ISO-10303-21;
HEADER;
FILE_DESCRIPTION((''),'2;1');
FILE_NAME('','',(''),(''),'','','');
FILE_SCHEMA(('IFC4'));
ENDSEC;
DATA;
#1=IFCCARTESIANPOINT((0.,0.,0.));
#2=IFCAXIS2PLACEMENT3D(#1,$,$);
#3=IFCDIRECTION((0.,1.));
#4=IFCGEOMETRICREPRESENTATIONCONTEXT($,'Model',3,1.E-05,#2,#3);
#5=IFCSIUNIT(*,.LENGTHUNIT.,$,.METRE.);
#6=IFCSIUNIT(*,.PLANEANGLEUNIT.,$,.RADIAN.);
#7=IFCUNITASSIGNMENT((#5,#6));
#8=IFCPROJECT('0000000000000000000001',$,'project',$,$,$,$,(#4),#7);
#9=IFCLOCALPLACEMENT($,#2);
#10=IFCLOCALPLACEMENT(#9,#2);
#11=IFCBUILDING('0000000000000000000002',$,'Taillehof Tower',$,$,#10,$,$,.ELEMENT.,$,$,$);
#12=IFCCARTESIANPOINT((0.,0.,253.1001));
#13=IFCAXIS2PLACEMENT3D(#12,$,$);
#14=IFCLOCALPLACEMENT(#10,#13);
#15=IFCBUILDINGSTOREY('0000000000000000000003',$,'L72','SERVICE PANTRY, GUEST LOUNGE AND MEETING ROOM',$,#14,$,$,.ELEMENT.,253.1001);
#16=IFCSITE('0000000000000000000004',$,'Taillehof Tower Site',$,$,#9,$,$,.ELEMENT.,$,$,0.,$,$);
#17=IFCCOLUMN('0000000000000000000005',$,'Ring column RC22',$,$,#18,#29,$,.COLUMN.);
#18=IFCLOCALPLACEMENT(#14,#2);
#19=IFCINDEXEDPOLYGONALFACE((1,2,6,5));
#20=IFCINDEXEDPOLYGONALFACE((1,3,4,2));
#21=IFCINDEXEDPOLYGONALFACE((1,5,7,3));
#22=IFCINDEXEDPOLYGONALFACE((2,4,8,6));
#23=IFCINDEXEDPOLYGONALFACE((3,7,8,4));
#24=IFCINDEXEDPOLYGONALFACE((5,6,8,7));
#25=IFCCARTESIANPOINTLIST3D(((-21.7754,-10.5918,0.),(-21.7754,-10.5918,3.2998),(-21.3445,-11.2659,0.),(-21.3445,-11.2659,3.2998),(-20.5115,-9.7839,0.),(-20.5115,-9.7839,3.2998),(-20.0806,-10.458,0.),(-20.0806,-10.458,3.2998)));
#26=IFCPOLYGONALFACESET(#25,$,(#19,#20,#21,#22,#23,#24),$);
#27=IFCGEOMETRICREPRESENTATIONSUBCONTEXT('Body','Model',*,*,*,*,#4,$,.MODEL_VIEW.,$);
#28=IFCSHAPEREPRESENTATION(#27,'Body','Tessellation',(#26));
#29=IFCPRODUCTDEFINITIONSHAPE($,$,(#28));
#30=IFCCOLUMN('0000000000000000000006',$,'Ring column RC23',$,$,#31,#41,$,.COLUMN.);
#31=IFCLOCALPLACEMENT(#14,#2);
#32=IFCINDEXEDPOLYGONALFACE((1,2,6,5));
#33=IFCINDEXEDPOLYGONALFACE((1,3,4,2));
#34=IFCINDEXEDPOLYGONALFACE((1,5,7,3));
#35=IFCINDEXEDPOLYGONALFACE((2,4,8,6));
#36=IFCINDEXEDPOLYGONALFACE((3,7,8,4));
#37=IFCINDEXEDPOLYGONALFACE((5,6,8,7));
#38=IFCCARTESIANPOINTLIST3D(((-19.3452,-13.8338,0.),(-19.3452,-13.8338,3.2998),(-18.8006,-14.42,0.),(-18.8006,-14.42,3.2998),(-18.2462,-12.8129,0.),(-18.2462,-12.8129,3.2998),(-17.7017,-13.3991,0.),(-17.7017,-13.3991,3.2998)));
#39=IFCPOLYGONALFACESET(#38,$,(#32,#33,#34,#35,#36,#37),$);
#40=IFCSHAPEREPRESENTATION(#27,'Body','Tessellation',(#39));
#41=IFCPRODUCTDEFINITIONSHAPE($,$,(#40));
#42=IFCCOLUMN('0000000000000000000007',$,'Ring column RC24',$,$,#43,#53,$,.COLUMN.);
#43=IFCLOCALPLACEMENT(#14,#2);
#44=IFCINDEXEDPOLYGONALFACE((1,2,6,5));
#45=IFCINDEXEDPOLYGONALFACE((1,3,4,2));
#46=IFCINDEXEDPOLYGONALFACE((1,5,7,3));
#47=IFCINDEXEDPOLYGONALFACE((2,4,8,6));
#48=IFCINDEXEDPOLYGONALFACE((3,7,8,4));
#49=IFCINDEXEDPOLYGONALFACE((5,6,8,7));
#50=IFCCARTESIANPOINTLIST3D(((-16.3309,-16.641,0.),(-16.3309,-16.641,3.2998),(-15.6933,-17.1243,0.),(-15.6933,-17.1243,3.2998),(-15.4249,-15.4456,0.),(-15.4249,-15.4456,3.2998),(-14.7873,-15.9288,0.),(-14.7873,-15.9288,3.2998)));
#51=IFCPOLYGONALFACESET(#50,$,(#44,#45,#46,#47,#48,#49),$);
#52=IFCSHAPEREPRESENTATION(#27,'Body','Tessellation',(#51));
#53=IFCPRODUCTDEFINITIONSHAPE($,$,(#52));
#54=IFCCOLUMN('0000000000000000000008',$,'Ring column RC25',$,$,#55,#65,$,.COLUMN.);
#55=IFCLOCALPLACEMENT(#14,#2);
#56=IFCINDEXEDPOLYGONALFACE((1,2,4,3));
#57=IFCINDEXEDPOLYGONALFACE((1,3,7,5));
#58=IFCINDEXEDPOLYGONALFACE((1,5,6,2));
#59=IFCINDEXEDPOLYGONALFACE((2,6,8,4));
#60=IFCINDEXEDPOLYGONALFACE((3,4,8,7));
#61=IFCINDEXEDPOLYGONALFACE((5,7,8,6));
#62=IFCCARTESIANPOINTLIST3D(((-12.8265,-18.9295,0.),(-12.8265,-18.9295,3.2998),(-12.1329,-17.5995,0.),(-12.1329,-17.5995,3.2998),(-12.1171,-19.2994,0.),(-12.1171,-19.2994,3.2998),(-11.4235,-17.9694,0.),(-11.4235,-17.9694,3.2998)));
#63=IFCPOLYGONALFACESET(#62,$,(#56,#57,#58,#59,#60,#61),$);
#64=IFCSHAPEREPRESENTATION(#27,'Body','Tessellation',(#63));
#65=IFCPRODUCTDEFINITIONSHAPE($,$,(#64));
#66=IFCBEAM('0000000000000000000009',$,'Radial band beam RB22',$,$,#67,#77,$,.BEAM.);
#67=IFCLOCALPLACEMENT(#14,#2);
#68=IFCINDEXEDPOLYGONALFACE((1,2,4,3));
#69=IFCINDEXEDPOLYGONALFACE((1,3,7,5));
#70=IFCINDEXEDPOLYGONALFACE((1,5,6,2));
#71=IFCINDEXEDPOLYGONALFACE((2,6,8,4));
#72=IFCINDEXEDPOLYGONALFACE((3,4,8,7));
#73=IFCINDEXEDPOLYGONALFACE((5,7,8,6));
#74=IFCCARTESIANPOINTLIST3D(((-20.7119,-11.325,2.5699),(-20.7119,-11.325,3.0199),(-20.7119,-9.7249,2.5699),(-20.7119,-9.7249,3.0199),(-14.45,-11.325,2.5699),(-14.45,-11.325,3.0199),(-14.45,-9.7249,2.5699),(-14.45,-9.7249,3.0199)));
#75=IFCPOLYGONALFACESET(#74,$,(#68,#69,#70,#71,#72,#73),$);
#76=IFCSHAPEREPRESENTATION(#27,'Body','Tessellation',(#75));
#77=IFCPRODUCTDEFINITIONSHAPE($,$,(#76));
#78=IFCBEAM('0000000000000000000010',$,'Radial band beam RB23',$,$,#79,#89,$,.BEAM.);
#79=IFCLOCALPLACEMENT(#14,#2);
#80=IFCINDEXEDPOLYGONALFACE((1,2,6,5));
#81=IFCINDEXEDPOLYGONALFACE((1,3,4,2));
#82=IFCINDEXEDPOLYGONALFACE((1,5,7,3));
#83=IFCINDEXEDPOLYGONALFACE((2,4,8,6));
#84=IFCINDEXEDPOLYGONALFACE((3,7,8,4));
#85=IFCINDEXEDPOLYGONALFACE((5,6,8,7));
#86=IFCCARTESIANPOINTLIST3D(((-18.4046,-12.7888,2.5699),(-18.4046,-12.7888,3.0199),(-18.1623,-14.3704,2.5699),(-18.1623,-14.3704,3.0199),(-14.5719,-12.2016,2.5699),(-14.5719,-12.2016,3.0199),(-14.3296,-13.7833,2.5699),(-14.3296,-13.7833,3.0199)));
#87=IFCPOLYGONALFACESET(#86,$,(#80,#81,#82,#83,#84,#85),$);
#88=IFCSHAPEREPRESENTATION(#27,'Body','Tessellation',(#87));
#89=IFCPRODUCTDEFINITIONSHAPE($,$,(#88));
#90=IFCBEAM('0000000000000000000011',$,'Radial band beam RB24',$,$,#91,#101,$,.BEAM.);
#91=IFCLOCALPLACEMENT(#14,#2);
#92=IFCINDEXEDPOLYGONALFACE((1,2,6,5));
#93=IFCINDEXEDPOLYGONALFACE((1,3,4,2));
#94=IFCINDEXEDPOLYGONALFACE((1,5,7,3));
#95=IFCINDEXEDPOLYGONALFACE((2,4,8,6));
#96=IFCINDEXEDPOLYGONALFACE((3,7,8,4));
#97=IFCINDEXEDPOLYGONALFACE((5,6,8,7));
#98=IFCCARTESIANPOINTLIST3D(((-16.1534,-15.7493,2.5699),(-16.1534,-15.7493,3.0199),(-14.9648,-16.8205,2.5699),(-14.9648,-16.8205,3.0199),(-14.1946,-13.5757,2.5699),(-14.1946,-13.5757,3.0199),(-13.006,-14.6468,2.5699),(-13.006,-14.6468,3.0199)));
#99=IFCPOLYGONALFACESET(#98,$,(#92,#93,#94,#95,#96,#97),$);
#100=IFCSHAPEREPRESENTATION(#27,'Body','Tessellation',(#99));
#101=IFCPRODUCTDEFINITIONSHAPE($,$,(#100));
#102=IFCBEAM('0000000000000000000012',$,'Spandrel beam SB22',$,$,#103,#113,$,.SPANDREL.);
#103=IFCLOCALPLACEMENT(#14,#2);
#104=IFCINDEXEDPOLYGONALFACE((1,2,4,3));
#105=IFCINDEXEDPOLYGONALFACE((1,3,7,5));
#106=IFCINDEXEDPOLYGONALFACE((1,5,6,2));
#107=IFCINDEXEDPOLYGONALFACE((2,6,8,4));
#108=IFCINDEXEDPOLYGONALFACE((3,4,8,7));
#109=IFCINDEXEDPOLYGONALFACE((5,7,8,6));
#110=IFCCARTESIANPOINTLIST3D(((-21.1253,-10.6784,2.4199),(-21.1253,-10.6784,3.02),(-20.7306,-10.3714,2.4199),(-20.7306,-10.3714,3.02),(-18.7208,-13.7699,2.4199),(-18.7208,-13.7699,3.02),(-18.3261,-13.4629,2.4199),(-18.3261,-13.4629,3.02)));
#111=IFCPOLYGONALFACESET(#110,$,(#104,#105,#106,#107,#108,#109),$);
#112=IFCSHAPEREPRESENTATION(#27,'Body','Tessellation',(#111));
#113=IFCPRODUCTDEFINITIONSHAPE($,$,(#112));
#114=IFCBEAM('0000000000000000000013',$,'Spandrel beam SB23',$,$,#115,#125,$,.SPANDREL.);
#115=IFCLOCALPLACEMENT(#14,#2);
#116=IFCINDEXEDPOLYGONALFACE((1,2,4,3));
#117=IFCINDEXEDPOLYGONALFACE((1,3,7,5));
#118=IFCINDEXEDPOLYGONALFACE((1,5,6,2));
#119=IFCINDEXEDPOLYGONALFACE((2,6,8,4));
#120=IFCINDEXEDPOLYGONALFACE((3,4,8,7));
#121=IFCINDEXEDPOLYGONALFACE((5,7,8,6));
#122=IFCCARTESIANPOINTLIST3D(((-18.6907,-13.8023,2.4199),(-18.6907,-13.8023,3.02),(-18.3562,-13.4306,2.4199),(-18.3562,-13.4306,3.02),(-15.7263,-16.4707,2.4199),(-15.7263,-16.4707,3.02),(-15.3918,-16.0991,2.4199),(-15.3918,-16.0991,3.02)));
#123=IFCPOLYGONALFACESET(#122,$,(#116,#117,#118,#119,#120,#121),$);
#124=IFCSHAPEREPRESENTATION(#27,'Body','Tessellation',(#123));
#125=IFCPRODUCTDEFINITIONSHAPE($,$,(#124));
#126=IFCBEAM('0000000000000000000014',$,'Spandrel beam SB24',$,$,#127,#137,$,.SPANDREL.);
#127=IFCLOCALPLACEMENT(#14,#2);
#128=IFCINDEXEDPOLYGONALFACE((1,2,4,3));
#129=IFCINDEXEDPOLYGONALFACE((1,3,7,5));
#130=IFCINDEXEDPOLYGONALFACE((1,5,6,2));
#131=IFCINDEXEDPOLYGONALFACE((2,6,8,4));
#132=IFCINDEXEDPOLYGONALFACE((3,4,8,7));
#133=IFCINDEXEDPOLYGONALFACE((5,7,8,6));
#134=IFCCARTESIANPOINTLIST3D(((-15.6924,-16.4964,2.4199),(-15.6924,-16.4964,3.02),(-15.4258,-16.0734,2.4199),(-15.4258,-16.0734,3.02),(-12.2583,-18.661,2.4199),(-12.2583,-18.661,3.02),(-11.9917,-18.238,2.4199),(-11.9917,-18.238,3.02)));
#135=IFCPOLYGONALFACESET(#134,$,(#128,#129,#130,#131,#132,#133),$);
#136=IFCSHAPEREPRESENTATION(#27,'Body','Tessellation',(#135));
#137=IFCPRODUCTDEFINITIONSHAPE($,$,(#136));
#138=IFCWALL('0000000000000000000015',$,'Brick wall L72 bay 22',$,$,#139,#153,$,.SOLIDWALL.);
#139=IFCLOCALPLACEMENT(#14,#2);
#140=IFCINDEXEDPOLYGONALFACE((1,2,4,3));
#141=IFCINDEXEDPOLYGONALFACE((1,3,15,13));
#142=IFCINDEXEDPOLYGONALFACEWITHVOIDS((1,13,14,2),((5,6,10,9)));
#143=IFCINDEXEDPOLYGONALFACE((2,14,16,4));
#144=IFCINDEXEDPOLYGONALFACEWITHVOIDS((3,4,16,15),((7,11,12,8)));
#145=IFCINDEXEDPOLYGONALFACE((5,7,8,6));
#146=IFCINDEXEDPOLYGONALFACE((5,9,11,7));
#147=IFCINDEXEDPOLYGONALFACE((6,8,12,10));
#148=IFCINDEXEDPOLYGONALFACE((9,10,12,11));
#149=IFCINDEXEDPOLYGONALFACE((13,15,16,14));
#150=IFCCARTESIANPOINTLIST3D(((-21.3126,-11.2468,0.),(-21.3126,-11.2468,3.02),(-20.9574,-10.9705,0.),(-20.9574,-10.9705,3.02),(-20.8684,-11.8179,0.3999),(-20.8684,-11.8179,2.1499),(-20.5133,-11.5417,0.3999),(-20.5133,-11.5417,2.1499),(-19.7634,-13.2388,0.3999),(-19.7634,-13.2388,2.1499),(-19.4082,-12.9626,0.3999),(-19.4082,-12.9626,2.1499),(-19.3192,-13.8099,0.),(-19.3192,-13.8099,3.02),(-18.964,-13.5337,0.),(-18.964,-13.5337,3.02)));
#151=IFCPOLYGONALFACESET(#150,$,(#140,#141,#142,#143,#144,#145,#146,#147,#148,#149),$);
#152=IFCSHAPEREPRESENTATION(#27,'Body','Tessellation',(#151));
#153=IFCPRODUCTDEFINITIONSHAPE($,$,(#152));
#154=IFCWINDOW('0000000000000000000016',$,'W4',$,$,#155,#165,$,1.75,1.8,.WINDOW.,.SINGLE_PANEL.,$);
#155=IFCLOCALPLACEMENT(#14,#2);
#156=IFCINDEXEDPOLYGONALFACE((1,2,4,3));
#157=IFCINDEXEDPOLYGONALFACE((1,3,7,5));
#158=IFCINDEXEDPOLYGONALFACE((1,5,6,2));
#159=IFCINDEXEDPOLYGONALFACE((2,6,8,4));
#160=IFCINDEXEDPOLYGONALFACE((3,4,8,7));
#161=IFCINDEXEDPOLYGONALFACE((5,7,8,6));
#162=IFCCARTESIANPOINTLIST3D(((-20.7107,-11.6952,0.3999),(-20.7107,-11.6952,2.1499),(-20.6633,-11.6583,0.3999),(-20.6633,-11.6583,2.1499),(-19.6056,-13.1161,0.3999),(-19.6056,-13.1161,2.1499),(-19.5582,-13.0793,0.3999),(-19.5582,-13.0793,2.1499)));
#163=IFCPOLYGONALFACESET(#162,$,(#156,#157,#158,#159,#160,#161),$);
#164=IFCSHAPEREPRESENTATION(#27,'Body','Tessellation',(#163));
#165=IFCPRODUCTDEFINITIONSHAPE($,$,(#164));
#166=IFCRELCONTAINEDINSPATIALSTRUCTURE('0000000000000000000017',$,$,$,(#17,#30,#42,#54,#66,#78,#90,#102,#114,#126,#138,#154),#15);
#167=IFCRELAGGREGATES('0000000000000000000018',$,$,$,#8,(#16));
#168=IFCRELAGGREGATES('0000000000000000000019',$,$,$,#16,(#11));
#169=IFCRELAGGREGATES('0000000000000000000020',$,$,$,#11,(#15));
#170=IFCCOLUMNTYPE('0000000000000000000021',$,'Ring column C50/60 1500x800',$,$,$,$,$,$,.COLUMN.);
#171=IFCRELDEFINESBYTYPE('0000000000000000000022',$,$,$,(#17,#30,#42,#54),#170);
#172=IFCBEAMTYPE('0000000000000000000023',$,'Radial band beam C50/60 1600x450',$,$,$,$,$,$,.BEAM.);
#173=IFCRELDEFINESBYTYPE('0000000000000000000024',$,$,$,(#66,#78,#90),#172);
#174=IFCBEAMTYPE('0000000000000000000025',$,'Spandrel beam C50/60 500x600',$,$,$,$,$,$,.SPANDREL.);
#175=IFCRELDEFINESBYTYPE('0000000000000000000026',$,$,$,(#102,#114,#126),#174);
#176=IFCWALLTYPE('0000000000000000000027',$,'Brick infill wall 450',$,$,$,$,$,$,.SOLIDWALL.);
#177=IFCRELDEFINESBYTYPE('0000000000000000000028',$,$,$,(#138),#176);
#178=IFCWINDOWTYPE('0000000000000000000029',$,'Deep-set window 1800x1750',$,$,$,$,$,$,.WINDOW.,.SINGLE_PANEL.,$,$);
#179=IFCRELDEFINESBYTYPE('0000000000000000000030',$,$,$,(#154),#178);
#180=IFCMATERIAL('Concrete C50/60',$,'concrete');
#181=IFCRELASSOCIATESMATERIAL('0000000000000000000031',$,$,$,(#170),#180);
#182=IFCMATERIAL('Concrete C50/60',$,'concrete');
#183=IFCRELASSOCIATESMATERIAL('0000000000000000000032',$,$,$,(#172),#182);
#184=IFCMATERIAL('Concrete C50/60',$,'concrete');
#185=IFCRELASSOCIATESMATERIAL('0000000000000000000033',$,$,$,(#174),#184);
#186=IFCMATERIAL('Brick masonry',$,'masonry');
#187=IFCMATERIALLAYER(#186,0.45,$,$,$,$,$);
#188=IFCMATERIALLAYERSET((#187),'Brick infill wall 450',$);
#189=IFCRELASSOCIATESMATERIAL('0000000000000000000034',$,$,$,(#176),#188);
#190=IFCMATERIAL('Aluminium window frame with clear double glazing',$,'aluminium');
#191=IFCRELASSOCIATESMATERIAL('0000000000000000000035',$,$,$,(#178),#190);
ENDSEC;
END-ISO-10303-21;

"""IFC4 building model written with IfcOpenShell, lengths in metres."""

from ifc_helpers import new_model, si_unit, direction, frame, frame_2d, origin, origin_2d, place, context, subcontext, project, spatial, rectangle, extrude, material, layer, layer_set, material_profile, profile_set, type_object, element, fill, save


model = new_model("IFC4")

# Units and contexts
model_context = context("Model", 3, precision=1e-05, world=origin(), true_north=direction((0.0, 1.0)))
body_context = subcontext(model_context, "Body", "Model", "MODEL_VIEW")
ifc_project = project(units=[si_unit("LENGTHUNIT", "METRE"), si_unit("PLANEANGLEUNIT", "RADIAN")], contexts=[model_context])

# Site, building, storey
site_placement = place(None, origin())
site = spatial("IfcSite", under=ifc_project, at=site_placement, Name="Taillehof Tower Site", CompositionType="ELEMENT", RefElevation=0.0)
building_placement = place(site_placement, origin())
building = spatial("IfcBuilding", under=site, at=building_placement, Name="Taillehof Tower", CompositionType="ELEMENT")
storey_placement = place(building_placement, frame((0.0, 0.0, 253.1001)))
storey = spatial("IfcBuildingStorey", under=building, at=storey_placement, Name="L72", Description="SERVICE PANTRY, GUEST LOUNGE AND MEETING ROOM", CompositionType="ELEMENT", Elevation=253.1001)

# Columns
ifc_material_1 = material(Name="Concrete C50/60", Category="concrete")
ifc_material_profile_1 = material_profile(ifc_material_1, rectangle(XDim=1.5, YDim=0.8, at=origin_2d()), Name="RC 1500x800")
ifc_profile_set_1 = profile_set([ifc_material_profile_1], Name="Concrete C50/60")
column_type = type_object("IfcColumnType", Name="Ring column C50/60 1500x800", PredefinedType="COLUMN", material=ifc_profile_set_1)
for number, where, z_axis, x_axis, name in (
    (1, (-20.928, -10.5249, 0.0), (0.0, 0.0, 1.0), (-0.842574, -0.538581, 0.0), "Ring column RC22"),
    (2, (-18.5234, -13.6165, 0.0), (0.0, 0.0, 1.0), (-0.732636, -0.680621, 0.0), "Ring column RC23"),
    (3, (-15.5591, -16.2849, 0.0), (0.0, 0.0, 1.0), (-0.60402, -0.796969, 0.0), "Ring column RC24"),
    (4, (-12.125, -18.4495, 0.0), (0.0, 0.0, 1.0), (-0.462384, -0.88668, 0.0), "Ring column RC25"),
):
    element("IfcColumn", number, at=place(storey_placement, frame(where, z_axis=z_axis, x_axis=x_axis)), inside=storey, type_object=column_type, Name=name, PredefinedType="COLUMN", context=body_context, shape_type="SweptSolid", body=[
        extrude(rectangle(XDim=1.5, YDim=0.8, at=origin_2d()), origin(), (0.0, 0.0, 1.0), 3.2998),
    ])

# Beams
ifc_material_2 = material(Name="Concrete C50/60", Category="concrete")
ifc_material_profile_2 = material_profile(ifc_material_2, rectangle(XDim=1.6001, YDim=0.45, at=origin_2d()), Name="RC 1600x450")
ifc_profile_set_2 = profile_set([ifc_material_profile_2], Name="Concrete C50/60")
beam_type_1 = type_object("IfcBeamType", Name="Radial band beam C50/60 1600x450", PredefinedType="BEAM", material=ifc_profile_set_2)
beam_1_placement = place(storey_placement, frame((-20.7119, -10.5249, 2.7949), z_axis=(1.0, 0.0, 0.0), x_axis=(0.0, 1.0, 0.0)))
element("IfcBeam", 5, at=beam_1_placement, inside=storey, type_object=beam_type_1, Name="Radial band beam RB22", PredefinedType="BEAM", context=body_context, shape_type="SweptSolid", body=[
    extrude(rectangle(XDim=1.6001, YDim=0.45, at=origin_2d()), origin(), (0.0, 0.0, 1.0), 6.262),
])
beam_2_placement = place(storey_placement, frame((-18.2834, -13.5796, 2.7949), z_axis=(0.988468, 0.151428, 0.0), x_axis=(-0.151428, 0.988468, 0.0)))
element("IfcBeam", 6, at=beam_2_placement, inside=storey, type_object=beam_type_1, Name="Radial band beam RB23", PredefinedType="BEAM", context=body_context, shape_type="SweptSolid", body=[
    extrude(rectangle(XDim=1.6001, YDim=0.45, at=origin_2d()), origin(), (0.0, 0.0, 1.0), 3.8774),
])
beam_3_placement = place(storey_placement, frame((-15.5591, -16.2849, 2.7949), z_axis=(0.669439, 0.742867, 0.0), x_axis=(-0.742867, 0.669439, 0.0)))
element("IfcBeam", 7, at=beam_3_placement, inside=storey, type_object=beam_type_1, Name="Radial band beam RB24", PredefinedType="BEAM", context=body_context, shape_type="SweptSolid", body=[
    extrude(rectangle(XDim=1.6001, YDim=0.45, at=origin_2d()), origin(), (0.0, 0.0, 1.0), 2.926),
])
ifc_material_3 = material(Name="Concrete C50/60", Category="concrete")
ifc_material_profile_3 = material_profile(ifc_material_3, rectangle(XDim=0.5, YDim=0.6001, at=origin_2d()), Name="RC 500x600")
ifc_profile_set_3 = profile_set([ifc_material_profile_3], Name="Concrete C50/60")
beam_type_2 = type_object("IfcBeamType", Name="Spandrel beam C50/60 500x600", PredefinedType="SPANDREL", material=ifc_profile_set_3)
beam_4_placement = place(storey_placement, frame((-20.928, -10.5249, 2.72), z_axis=(0.613941, -0.789352, 0.0), x_axis=(0.789352, 0.613941, 0.0)))
element("IfcBeam", 8, at=beam_4_placement, inside=storey, type_object=beam_type_2, Name="Spandrel beam SB22", PredefinedType="SPANDREL", context=body_context, shape_type="SweptSolid", body=[
    extrude(rectangle(XDim=0.5, YDim=0.6001, at=origin_2d()), origin(), (0.0, 0.0, 1.0), 3.9165),
])
beam_5_placement = place(storey_placement, frame((-18.5234, -13.6165, 2.72), z_axis=(0.743227, -0.669039, 0.0), x_axis=(0.669039, 0.743227, 0.0)))
element("IfcBeam", 9, at=beam_5_placement, inside=storey, type_object=beam_type_2, Name="Spandrel beam SB23", PredefinedType="SPANDREL", context=body_context, shape_type="SweptSolid", body=[
    extrude(rectangle(XDim=0.5, YDim=0.6001, at=origin_2d()), origin(), (0.0, 0.0, 1.0), 3.9885),
])
beam_6_placement = place(storey_placement, frame((-15.5591, -16.2849, 2.72), z_axis=(0.845972, -0.533228, 0.0), x_axis=(0.533228, 0.845972, 0.0)))
element("IfcBeam", 10, at=beam_6_placement, inside=storey, type_object=beam_type_2, Name="Spandrel beam SB24", PredefinedType="SPANDREL", context=body_context, shape_type="SweptSolid", body=[
    extrude(rectangle(XDim=0.5, YDim=0.6001, at=origin_2d()), origin(), (0.0, 0.0, 1.0), 4.0593),
])

# Wall, opening, window
ifc_material_4 = material(Name="Brick masonry", Category="masonry")
ifc_layer_1 = layer(ifc_material_4, 0.45)
ifc_layer_set_1 = layer_set([ifc_layer_1], Name="Brick infill wall 450")
wall_type_1 = type_object("IfcWallType", Name="Brick infill wall 450", PredefinedType="SOLIDWALL", material=ifc_layer_set_1)
wall_1_placement = place(storey_placement, frame((-21.135, -11.1086, 0.0), z_axis=(0.0, 0.0, 1.0), x_axis=(0.613899, -0.789385, 0.0)))
wall_1 = element("IfcWall", 11, at=wall_1_placement, inside=storey, type_object=wall_type_1, Name="Brick wall L72 bay 22", PredefinedType="SOLIDWALL", context=body_context, shape_type="SweptSolid", body=[
    extrude(rectangle(XDim=3.2471, YDim=0.45, at=frame_2d((1.6235, 0.0))), origin(), (0.0, 0.0, 1.0), 3.02),
])
opening_1_placement = place(wall_1_placement, frame((0.7236, 0.0, 0.3999)))
opening_1 = element("IfcOpeningElement", 12, at=opening_1_placement, cuts=wall_1, PredefinedType="OPENING", context=body_context, shape_type="SweptSolid", body=[
    extrude(rectangle(XDim=1.8, YDim=1.75, at=frame_2d((0.8999, 0.875))), frame((0.0, 0.2349, 0.0), z_axis=(0.0, -1.0, 0.0), x_axis=(1.0, 0.0, 0.0)), (0.0, 0.0, 1.0), 0.47),
])
ifc_material_5 = material(Name="Aluminium window frame with clear double glazing", Category="aluminium")
window_type_1 = type_object("IfcWindowType", Name="Deep-set window 1800x1750", PartitioningType="SINGLE_PANEL", PredefinedType="WINDOW", material=ifc_material_5)
window_1_placement = place(opening_1_placement, origin())
window_1 = element("IfcWindow", 13, at=window_1_placement, inside=storey, type_object=window_type_1, Name="W4", OverallHeight=1.75, OverallWidth=1.8, PartitioningType="SINGLE_PANEL", PredefinedType="WINDOW", context=body_context, shape_type="SweptSolid", body=[
    extrude(rectangle(XDim=1.8, YDim=1.75, at=frame_2d((0.8999, 0.875))), frame((0.0, 0.0349, 0.0), z_axis=(0.0, -1.0, 0.0), x_axis=(1.0, 0.0, 0.0)), (0.0, 0.0, 1.0), 0.0601),
])
fill(opening_1, window_1)

save(model, "model.ifc")
